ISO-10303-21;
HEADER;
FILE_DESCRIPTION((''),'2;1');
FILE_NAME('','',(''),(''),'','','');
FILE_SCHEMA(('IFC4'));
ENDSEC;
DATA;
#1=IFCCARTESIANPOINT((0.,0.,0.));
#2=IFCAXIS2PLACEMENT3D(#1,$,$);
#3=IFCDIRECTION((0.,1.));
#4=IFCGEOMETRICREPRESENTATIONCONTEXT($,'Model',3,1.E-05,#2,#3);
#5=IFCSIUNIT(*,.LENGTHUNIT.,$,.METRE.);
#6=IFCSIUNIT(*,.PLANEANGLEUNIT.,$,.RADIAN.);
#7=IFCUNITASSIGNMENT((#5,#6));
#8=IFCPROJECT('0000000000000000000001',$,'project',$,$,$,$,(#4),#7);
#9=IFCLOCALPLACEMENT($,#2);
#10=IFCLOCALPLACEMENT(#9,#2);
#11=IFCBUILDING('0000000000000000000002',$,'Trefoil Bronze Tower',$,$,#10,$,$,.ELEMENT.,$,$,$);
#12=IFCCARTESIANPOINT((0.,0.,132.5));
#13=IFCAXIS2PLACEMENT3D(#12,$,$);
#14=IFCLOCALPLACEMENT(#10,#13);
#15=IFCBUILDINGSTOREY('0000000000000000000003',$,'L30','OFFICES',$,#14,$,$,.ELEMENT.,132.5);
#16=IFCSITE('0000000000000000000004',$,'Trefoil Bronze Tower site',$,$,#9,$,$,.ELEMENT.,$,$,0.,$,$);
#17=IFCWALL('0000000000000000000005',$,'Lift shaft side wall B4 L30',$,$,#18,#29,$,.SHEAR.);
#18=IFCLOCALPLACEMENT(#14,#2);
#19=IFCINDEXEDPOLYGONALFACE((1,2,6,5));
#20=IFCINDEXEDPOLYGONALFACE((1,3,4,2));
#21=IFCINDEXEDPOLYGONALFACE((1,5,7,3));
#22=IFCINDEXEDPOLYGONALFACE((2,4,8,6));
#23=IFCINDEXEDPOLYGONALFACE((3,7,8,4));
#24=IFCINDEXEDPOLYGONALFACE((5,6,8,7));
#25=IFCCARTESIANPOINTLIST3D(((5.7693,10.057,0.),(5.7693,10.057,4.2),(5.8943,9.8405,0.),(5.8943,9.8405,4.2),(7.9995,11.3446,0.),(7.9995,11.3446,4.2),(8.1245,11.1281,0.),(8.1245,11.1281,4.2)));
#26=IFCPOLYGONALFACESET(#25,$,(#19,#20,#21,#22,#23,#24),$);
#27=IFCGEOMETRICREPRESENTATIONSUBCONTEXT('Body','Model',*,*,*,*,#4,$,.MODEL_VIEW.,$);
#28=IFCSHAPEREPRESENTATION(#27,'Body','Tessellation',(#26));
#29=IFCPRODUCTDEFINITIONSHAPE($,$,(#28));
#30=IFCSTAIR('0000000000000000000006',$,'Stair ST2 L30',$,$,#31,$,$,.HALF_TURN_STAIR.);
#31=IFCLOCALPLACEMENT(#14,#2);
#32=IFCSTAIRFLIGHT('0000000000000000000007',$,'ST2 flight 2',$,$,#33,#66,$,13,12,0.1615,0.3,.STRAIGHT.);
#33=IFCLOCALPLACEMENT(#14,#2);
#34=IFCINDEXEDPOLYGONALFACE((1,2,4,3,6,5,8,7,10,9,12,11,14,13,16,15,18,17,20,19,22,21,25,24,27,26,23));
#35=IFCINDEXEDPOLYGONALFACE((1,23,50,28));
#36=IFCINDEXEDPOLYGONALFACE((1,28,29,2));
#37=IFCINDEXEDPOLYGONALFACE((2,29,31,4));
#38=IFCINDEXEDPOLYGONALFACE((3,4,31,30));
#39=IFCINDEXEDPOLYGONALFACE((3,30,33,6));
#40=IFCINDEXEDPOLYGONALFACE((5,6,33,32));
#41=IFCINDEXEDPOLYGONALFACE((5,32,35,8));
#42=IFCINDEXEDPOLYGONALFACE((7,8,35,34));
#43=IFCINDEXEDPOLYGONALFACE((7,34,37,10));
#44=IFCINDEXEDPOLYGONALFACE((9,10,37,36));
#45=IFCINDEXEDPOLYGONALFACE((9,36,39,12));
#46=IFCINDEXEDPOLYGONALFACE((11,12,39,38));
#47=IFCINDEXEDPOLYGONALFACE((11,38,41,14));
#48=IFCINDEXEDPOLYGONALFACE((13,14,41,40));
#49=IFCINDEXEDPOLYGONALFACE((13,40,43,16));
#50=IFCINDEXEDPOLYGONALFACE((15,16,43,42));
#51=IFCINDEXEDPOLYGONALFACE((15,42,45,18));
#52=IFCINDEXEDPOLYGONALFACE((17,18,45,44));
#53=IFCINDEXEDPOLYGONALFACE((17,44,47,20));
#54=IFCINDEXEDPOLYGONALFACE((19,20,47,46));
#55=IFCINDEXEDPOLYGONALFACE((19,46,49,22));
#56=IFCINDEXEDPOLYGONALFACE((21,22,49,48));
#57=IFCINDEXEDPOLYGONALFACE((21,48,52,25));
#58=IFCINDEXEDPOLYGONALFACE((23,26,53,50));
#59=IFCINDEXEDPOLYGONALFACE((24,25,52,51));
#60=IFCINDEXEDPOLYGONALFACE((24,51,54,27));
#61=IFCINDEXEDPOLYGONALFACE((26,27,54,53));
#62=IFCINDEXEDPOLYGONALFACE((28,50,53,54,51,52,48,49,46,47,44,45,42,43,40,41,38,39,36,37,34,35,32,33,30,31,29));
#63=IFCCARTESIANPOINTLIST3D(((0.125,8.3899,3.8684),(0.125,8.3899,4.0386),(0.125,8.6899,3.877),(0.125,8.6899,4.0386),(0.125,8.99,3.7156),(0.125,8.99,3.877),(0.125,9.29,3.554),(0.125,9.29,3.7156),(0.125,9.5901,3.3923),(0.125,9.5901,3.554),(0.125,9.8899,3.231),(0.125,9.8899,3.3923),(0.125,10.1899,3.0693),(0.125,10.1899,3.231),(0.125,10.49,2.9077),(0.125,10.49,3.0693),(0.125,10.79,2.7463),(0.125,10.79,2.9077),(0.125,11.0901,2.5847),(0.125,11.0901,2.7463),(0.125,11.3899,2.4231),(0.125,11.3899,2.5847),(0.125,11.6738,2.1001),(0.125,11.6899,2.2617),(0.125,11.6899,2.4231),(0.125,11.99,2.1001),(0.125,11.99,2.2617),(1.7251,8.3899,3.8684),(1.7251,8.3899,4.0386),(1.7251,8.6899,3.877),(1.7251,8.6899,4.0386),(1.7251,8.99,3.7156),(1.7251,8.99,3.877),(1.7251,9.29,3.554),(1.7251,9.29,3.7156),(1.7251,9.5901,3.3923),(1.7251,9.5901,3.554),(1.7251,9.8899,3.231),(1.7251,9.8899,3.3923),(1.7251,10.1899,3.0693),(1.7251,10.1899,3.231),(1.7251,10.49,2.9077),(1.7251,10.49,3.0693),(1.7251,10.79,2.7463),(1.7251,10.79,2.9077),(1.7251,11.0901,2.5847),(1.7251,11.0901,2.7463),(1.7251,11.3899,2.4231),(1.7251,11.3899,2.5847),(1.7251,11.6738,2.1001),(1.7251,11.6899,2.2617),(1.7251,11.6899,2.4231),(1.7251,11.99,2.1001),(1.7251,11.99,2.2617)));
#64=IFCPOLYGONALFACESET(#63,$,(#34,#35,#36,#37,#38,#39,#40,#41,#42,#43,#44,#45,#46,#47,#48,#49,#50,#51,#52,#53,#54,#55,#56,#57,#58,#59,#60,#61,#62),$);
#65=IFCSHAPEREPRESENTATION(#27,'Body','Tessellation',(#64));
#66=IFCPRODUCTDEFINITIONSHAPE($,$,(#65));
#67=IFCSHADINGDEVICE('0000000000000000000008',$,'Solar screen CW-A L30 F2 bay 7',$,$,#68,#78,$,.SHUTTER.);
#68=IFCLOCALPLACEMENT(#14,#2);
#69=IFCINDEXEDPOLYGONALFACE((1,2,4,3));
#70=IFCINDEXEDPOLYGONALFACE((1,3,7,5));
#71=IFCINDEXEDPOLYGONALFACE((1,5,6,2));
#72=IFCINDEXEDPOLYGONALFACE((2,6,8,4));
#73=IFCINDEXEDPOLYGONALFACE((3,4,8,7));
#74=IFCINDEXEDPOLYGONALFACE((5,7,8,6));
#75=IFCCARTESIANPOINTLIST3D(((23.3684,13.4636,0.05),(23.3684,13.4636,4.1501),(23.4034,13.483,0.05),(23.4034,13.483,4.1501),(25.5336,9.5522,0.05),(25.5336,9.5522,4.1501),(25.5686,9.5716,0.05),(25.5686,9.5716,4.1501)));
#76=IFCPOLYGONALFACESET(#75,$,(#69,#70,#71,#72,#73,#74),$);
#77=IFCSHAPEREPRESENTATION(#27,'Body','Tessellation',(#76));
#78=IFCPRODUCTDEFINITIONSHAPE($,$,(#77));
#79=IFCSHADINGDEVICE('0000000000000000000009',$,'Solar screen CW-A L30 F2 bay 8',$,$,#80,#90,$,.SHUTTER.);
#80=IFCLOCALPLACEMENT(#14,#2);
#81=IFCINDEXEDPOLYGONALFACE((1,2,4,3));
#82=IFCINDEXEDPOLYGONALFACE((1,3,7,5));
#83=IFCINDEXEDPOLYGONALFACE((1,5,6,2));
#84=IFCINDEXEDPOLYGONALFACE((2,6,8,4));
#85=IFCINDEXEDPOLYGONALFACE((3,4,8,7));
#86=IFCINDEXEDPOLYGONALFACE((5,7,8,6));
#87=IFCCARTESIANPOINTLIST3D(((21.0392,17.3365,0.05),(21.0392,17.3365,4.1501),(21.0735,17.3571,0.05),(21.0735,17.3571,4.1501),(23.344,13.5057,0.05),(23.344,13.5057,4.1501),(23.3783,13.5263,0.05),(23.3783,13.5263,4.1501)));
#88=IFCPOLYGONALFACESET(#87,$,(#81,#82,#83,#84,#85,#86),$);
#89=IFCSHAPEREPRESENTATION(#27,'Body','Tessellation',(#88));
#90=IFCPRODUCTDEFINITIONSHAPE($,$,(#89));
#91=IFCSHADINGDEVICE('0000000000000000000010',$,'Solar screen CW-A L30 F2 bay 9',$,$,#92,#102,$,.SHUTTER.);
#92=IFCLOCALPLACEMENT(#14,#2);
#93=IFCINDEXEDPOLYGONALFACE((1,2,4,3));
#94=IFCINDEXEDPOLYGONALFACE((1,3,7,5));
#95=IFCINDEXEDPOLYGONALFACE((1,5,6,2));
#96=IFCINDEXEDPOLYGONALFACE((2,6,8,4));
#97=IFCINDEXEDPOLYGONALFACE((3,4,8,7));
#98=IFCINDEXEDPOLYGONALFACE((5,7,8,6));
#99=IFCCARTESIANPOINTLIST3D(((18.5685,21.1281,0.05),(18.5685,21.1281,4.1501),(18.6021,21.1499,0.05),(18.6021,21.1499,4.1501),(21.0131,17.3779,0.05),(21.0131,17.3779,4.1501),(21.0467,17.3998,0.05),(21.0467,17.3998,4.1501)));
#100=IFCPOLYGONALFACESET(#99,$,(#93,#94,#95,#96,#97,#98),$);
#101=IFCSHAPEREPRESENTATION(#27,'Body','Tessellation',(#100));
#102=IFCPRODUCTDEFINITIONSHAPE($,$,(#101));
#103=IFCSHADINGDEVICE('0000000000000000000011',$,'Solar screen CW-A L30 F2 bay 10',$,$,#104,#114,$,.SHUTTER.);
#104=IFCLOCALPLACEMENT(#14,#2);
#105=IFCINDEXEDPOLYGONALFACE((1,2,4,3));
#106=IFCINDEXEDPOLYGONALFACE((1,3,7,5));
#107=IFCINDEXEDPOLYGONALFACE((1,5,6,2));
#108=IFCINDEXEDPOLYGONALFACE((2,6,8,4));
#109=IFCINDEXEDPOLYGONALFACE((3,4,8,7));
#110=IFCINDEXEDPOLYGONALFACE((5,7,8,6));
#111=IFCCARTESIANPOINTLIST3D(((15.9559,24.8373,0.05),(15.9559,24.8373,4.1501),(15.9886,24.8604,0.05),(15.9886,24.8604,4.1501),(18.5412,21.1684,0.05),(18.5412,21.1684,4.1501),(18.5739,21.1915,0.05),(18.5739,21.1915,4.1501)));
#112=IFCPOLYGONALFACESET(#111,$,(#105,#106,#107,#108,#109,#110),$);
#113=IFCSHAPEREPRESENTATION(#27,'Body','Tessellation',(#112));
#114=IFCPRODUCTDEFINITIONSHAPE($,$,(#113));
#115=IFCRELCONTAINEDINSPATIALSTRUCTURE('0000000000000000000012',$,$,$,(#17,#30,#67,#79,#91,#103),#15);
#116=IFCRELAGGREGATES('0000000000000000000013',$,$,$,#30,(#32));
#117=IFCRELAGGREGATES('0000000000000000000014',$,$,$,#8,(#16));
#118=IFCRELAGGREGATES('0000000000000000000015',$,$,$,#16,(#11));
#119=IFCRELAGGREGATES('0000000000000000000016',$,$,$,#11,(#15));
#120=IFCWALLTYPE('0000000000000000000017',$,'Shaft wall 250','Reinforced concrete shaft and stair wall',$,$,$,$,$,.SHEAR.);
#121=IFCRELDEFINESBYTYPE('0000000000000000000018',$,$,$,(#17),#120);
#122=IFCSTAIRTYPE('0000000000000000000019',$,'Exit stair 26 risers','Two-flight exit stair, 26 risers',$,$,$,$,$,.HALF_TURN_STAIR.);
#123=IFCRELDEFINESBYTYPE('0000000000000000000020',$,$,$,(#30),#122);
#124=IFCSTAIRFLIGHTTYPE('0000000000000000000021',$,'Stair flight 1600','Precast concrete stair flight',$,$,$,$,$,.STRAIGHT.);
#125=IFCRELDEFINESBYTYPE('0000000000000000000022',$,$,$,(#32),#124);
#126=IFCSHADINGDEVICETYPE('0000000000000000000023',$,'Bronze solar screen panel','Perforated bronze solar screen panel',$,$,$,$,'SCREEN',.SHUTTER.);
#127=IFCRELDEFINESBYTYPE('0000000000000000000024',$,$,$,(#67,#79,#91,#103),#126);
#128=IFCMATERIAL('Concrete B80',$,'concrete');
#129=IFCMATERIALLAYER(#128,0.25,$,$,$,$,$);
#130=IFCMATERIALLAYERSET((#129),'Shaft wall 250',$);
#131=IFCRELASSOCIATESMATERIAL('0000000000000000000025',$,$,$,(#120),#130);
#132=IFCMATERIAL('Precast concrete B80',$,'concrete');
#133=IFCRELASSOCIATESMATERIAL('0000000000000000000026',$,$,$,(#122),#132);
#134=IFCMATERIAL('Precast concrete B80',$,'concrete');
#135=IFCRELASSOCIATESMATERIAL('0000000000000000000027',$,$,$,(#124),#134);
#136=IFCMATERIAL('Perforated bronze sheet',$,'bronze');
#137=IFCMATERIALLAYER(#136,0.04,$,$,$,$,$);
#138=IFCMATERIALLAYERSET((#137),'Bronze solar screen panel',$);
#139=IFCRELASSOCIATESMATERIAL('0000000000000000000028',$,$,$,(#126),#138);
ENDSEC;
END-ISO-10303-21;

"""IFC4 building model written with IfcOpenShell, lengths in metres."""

from ifc_helpers import new_model, si_unit, direction, frame, frame_2d, origin, origin_2d, place, context, subcontext, project, spatial, polyline, rectangle, outline, extrude, material, layer, layer_set, type_object, element, aggregate, save


model = new_model("IFC4")

# Units and contexts
model_context = context("Model", 3, precision=1e-05, world=origin(), true_north=direction((0.0, 1.0)))
body_context = subcontext(model_context, "Body", "Model", "MODEL_VIEW")
ifc_project = project(units=[si_unit("LENGTHUNIT", "METRE"), si_unit("PLANEANGLEUNIT", "RADIAN")], contexts=[model_context])

# Site, building, storey
site_placement = place(None, origin())
site = spatial("IfcSite", under=ifc_project, at=site_placement, Name="Trefoil Bronze Tower site", CompositionType="ELEMENT", RefElevation=0.0)
building_placement = place(site_placement, origin())
building = spatial("IfcBuilding", under=site, at=building_placement, Name="Trefoil Bronze Tower", CompositionType="ELEMENT")
storey_placement = place(building_placement, frame((0.0, 0.0, 132.5)))
storey = spatial("IfcBuildingStorey", under=building, at=storey_placement, Name="L30", Description="OFFICES", CompositionType="ELEMENT", Elevation=132.5)

# Wall
ifc_material_1 = material(Name="Concrete B80", Category="concrete")
ifc_layer_1 = layer(ifc_material_1, 0.25)
ifc_layer_set_1 = layer_set([ifc_layer_1], Name="Shaft wall 250")
wall_type_1 = type_object("IfcWallType", Name="Shaft wall 250", Description="Reinforced concrete shaft and stair wall", PredefinedType="SHEAR", material=ifc_layer_set_1)
wall_1_placement = place(storey_placement, frame((5.8318, 9.9487, 0.0), z_axis=(0.0, 0.0, 1.0), x_axis=(0.866029, 0.499993, 0.0)))
element("IfcWall", 1, at=wall_1_placement, inside=storey, type_object=wall_type_1, Name="Lift shaft side wall B4 L30", PredefinedType="SHEAR", context=body_context, shape_type="SweptSolid", body=[
    extrude(rectangle(XDim=2.5752, YDim=0.25, at=frame_2d((1.2876, 0.0))), origin(), (0.0, 0.0, 1.0), 4.2),
])

# Stair, stair flight
ifc_material_2 = material(Name="Precast concrete B80", Category="concrete")
stair_type = type_object("IfcStairType", Name="Exit stair 26 risers", Description="Two-flight exit stair, 26 risers", PredefinedType="HALF_TURN_STAIR", material=ifc_material_2)
stair_placement = place(storey_placement, origin())
stair = element("IfcStair", 2, at=stair_placement, inside=storey, type_object=stair_type, Name="Stair ST2 L30", PredefinedType="HALF_TURN_STAIR")
ifc_material_3 = material(Name="Precast concrete B80", Category="concrete")
stair_flight_type = type_object("IfcStairFlightType", Name="Stair flight 1600", Description="Precast concrete stair flight", PredefinedType="STRAIGHT", material=ifc_material_3)
stair_flight_placement = place(storey_placement, frame((0.925, 11.99, 2.1001), z_axis=(0.0, 0.0, 1.0), x_axis=(0.0, -1.0, 0.0)))
stair_flight = element("IfcStairFlight", 3, at=stair_flight_placement, type_object=stair_flight_type, Name="ST2 flight 2", NumberOfRisers=13, NumberOfTreads=12, PredefinedType="STRAIGHT", RiserHeight=0.1615, TreadLength=0.3, context=body_context, shape_type="SweptSolid", body=[
    extrude(outline(polyline([(0.0, 0.0), (0.0, 0.1616), (0.3, 0.1616), (0.3, 0.323), (0.6001, 0.323), (0.6001, 0.4846), (0.8999, 0.4846), (0.8999, 0.6462), (1.2, 0.6462), (1.2, 0.8076), (1.5, 0.8076), (1.5, 0.9692), (1.8, 0.9692), (1.8, 1.1309), (2.1001, 1.1309), (2.1001, 1.2922), (2.3999, 1.2922), (2.3999, 1.4539), (2.7, 1.4539), (2.7, 1.6155), (3.0, 1.6155), (3.0, 1.7769), (3.3, 1.7769), (3.3, 1.9385), (3.6001, 1.9385), (3.6001, 2.1001), (3.6001, 1.7683), (0.3162, 0.0), (0.0, 0.0)])), frame((0.0, 0.8, 0.0), z_axis=(0.0, -1.0, 0.0), x_axis=(1.0, 0.0, 0.0)), (0.0, 0.0, 1.0), 1.6001),
])
aggregate(stair, [stair_flight])

# Shading devices
ifc_material_4 = material(Name="Perforated bronze sheet", Category="bronze")
ifc_layer_2 = layer(ifc_material_4, 0.04)
ifc_layer_set_2 = layer_set([ifc_layer_2], Name="Bronze solar screen panel")
shading_device_type = type_object("IfcShadingDeviceType", Name="Bronze solar screen panel", Description="Perforated bronze solar screen panel", ElementType="SCREEN", PredefinedType="SHUTTER", material=ifc_layer_set_2)
for number, where, z_axis, x_axis, name in (
    (4, (24.4685, 11.5176, 0.05), (0.0, 0.0, 1.0), (-0.484312, 0.874895, 0.0), "Solar screen CW-A L30 F2 bay 7"),
    (5, (22.2087, 15.4314, 0.05), (0.0, 0.0, 1.0), (-0.515525, 0.856874, 0.0), "Solar screen CW-A L30 F2 bay 8"),
):
    element("IfcShadingDevice", number, at=place(storey_placement, frame(where, z_axis=z_axis, x_axis=x_axis)), inside=storey, type_object=shading_device_type, Name=name, PredefinedType="SHUTTER", context=body_context, shape_type="SweptSolid", body=[
        extrude(rectangle(XDim=4.4707, YDim=0.04, at=origin_2d()), origin(), (0.0, 0.0, 1.0), 4.1001),
    ])
shading_device_1_placement = place(storey_placement, frame((19.8076, 19.2639, 0.05), z_axis=(0.0, 0.0, 1.0), x_axis=(-0.546089, 0.837727, 0.0)))
element("IfcShadingDevice", 6, at=shading_device_1_placement, inside=storey, type_object=shading_device_type, Name="Solar screen CW-A L30 F2 bay 9", PredefinedType="SHUTTER", context=body_context, shape_type="SweptSolid", body=[
    extrude(rectangle(XDim=4.4766, YDim=0.04, at=origin_2d()), origin(), (0.0, 0.0, 1.0), 4.1001),
])
shading_device_2_placement = place(storey_placement, frame((17.2649, 23.0144, 0.05), z_axis=(0.0, 0.0, 1.0), x_axis=(-0.575999, 0.81745, 0.0)))
element("IfcShadingDevice", 7, at=shading_device_2_placement, inside=storey, type_object=shading_device_type, Name="Solar screen CW-A L30 F2 bay 10", PredefinedType="SHUTTER", context=body_context, shape_type="SweptSolid", body=[
    extrude(rectangle(XDim=4.4883, YDim=0.04, at=origin_2d()), origin(), (0.0, 0.0, 1.0), 4.1001),
])

save(model, "model.ifc")
